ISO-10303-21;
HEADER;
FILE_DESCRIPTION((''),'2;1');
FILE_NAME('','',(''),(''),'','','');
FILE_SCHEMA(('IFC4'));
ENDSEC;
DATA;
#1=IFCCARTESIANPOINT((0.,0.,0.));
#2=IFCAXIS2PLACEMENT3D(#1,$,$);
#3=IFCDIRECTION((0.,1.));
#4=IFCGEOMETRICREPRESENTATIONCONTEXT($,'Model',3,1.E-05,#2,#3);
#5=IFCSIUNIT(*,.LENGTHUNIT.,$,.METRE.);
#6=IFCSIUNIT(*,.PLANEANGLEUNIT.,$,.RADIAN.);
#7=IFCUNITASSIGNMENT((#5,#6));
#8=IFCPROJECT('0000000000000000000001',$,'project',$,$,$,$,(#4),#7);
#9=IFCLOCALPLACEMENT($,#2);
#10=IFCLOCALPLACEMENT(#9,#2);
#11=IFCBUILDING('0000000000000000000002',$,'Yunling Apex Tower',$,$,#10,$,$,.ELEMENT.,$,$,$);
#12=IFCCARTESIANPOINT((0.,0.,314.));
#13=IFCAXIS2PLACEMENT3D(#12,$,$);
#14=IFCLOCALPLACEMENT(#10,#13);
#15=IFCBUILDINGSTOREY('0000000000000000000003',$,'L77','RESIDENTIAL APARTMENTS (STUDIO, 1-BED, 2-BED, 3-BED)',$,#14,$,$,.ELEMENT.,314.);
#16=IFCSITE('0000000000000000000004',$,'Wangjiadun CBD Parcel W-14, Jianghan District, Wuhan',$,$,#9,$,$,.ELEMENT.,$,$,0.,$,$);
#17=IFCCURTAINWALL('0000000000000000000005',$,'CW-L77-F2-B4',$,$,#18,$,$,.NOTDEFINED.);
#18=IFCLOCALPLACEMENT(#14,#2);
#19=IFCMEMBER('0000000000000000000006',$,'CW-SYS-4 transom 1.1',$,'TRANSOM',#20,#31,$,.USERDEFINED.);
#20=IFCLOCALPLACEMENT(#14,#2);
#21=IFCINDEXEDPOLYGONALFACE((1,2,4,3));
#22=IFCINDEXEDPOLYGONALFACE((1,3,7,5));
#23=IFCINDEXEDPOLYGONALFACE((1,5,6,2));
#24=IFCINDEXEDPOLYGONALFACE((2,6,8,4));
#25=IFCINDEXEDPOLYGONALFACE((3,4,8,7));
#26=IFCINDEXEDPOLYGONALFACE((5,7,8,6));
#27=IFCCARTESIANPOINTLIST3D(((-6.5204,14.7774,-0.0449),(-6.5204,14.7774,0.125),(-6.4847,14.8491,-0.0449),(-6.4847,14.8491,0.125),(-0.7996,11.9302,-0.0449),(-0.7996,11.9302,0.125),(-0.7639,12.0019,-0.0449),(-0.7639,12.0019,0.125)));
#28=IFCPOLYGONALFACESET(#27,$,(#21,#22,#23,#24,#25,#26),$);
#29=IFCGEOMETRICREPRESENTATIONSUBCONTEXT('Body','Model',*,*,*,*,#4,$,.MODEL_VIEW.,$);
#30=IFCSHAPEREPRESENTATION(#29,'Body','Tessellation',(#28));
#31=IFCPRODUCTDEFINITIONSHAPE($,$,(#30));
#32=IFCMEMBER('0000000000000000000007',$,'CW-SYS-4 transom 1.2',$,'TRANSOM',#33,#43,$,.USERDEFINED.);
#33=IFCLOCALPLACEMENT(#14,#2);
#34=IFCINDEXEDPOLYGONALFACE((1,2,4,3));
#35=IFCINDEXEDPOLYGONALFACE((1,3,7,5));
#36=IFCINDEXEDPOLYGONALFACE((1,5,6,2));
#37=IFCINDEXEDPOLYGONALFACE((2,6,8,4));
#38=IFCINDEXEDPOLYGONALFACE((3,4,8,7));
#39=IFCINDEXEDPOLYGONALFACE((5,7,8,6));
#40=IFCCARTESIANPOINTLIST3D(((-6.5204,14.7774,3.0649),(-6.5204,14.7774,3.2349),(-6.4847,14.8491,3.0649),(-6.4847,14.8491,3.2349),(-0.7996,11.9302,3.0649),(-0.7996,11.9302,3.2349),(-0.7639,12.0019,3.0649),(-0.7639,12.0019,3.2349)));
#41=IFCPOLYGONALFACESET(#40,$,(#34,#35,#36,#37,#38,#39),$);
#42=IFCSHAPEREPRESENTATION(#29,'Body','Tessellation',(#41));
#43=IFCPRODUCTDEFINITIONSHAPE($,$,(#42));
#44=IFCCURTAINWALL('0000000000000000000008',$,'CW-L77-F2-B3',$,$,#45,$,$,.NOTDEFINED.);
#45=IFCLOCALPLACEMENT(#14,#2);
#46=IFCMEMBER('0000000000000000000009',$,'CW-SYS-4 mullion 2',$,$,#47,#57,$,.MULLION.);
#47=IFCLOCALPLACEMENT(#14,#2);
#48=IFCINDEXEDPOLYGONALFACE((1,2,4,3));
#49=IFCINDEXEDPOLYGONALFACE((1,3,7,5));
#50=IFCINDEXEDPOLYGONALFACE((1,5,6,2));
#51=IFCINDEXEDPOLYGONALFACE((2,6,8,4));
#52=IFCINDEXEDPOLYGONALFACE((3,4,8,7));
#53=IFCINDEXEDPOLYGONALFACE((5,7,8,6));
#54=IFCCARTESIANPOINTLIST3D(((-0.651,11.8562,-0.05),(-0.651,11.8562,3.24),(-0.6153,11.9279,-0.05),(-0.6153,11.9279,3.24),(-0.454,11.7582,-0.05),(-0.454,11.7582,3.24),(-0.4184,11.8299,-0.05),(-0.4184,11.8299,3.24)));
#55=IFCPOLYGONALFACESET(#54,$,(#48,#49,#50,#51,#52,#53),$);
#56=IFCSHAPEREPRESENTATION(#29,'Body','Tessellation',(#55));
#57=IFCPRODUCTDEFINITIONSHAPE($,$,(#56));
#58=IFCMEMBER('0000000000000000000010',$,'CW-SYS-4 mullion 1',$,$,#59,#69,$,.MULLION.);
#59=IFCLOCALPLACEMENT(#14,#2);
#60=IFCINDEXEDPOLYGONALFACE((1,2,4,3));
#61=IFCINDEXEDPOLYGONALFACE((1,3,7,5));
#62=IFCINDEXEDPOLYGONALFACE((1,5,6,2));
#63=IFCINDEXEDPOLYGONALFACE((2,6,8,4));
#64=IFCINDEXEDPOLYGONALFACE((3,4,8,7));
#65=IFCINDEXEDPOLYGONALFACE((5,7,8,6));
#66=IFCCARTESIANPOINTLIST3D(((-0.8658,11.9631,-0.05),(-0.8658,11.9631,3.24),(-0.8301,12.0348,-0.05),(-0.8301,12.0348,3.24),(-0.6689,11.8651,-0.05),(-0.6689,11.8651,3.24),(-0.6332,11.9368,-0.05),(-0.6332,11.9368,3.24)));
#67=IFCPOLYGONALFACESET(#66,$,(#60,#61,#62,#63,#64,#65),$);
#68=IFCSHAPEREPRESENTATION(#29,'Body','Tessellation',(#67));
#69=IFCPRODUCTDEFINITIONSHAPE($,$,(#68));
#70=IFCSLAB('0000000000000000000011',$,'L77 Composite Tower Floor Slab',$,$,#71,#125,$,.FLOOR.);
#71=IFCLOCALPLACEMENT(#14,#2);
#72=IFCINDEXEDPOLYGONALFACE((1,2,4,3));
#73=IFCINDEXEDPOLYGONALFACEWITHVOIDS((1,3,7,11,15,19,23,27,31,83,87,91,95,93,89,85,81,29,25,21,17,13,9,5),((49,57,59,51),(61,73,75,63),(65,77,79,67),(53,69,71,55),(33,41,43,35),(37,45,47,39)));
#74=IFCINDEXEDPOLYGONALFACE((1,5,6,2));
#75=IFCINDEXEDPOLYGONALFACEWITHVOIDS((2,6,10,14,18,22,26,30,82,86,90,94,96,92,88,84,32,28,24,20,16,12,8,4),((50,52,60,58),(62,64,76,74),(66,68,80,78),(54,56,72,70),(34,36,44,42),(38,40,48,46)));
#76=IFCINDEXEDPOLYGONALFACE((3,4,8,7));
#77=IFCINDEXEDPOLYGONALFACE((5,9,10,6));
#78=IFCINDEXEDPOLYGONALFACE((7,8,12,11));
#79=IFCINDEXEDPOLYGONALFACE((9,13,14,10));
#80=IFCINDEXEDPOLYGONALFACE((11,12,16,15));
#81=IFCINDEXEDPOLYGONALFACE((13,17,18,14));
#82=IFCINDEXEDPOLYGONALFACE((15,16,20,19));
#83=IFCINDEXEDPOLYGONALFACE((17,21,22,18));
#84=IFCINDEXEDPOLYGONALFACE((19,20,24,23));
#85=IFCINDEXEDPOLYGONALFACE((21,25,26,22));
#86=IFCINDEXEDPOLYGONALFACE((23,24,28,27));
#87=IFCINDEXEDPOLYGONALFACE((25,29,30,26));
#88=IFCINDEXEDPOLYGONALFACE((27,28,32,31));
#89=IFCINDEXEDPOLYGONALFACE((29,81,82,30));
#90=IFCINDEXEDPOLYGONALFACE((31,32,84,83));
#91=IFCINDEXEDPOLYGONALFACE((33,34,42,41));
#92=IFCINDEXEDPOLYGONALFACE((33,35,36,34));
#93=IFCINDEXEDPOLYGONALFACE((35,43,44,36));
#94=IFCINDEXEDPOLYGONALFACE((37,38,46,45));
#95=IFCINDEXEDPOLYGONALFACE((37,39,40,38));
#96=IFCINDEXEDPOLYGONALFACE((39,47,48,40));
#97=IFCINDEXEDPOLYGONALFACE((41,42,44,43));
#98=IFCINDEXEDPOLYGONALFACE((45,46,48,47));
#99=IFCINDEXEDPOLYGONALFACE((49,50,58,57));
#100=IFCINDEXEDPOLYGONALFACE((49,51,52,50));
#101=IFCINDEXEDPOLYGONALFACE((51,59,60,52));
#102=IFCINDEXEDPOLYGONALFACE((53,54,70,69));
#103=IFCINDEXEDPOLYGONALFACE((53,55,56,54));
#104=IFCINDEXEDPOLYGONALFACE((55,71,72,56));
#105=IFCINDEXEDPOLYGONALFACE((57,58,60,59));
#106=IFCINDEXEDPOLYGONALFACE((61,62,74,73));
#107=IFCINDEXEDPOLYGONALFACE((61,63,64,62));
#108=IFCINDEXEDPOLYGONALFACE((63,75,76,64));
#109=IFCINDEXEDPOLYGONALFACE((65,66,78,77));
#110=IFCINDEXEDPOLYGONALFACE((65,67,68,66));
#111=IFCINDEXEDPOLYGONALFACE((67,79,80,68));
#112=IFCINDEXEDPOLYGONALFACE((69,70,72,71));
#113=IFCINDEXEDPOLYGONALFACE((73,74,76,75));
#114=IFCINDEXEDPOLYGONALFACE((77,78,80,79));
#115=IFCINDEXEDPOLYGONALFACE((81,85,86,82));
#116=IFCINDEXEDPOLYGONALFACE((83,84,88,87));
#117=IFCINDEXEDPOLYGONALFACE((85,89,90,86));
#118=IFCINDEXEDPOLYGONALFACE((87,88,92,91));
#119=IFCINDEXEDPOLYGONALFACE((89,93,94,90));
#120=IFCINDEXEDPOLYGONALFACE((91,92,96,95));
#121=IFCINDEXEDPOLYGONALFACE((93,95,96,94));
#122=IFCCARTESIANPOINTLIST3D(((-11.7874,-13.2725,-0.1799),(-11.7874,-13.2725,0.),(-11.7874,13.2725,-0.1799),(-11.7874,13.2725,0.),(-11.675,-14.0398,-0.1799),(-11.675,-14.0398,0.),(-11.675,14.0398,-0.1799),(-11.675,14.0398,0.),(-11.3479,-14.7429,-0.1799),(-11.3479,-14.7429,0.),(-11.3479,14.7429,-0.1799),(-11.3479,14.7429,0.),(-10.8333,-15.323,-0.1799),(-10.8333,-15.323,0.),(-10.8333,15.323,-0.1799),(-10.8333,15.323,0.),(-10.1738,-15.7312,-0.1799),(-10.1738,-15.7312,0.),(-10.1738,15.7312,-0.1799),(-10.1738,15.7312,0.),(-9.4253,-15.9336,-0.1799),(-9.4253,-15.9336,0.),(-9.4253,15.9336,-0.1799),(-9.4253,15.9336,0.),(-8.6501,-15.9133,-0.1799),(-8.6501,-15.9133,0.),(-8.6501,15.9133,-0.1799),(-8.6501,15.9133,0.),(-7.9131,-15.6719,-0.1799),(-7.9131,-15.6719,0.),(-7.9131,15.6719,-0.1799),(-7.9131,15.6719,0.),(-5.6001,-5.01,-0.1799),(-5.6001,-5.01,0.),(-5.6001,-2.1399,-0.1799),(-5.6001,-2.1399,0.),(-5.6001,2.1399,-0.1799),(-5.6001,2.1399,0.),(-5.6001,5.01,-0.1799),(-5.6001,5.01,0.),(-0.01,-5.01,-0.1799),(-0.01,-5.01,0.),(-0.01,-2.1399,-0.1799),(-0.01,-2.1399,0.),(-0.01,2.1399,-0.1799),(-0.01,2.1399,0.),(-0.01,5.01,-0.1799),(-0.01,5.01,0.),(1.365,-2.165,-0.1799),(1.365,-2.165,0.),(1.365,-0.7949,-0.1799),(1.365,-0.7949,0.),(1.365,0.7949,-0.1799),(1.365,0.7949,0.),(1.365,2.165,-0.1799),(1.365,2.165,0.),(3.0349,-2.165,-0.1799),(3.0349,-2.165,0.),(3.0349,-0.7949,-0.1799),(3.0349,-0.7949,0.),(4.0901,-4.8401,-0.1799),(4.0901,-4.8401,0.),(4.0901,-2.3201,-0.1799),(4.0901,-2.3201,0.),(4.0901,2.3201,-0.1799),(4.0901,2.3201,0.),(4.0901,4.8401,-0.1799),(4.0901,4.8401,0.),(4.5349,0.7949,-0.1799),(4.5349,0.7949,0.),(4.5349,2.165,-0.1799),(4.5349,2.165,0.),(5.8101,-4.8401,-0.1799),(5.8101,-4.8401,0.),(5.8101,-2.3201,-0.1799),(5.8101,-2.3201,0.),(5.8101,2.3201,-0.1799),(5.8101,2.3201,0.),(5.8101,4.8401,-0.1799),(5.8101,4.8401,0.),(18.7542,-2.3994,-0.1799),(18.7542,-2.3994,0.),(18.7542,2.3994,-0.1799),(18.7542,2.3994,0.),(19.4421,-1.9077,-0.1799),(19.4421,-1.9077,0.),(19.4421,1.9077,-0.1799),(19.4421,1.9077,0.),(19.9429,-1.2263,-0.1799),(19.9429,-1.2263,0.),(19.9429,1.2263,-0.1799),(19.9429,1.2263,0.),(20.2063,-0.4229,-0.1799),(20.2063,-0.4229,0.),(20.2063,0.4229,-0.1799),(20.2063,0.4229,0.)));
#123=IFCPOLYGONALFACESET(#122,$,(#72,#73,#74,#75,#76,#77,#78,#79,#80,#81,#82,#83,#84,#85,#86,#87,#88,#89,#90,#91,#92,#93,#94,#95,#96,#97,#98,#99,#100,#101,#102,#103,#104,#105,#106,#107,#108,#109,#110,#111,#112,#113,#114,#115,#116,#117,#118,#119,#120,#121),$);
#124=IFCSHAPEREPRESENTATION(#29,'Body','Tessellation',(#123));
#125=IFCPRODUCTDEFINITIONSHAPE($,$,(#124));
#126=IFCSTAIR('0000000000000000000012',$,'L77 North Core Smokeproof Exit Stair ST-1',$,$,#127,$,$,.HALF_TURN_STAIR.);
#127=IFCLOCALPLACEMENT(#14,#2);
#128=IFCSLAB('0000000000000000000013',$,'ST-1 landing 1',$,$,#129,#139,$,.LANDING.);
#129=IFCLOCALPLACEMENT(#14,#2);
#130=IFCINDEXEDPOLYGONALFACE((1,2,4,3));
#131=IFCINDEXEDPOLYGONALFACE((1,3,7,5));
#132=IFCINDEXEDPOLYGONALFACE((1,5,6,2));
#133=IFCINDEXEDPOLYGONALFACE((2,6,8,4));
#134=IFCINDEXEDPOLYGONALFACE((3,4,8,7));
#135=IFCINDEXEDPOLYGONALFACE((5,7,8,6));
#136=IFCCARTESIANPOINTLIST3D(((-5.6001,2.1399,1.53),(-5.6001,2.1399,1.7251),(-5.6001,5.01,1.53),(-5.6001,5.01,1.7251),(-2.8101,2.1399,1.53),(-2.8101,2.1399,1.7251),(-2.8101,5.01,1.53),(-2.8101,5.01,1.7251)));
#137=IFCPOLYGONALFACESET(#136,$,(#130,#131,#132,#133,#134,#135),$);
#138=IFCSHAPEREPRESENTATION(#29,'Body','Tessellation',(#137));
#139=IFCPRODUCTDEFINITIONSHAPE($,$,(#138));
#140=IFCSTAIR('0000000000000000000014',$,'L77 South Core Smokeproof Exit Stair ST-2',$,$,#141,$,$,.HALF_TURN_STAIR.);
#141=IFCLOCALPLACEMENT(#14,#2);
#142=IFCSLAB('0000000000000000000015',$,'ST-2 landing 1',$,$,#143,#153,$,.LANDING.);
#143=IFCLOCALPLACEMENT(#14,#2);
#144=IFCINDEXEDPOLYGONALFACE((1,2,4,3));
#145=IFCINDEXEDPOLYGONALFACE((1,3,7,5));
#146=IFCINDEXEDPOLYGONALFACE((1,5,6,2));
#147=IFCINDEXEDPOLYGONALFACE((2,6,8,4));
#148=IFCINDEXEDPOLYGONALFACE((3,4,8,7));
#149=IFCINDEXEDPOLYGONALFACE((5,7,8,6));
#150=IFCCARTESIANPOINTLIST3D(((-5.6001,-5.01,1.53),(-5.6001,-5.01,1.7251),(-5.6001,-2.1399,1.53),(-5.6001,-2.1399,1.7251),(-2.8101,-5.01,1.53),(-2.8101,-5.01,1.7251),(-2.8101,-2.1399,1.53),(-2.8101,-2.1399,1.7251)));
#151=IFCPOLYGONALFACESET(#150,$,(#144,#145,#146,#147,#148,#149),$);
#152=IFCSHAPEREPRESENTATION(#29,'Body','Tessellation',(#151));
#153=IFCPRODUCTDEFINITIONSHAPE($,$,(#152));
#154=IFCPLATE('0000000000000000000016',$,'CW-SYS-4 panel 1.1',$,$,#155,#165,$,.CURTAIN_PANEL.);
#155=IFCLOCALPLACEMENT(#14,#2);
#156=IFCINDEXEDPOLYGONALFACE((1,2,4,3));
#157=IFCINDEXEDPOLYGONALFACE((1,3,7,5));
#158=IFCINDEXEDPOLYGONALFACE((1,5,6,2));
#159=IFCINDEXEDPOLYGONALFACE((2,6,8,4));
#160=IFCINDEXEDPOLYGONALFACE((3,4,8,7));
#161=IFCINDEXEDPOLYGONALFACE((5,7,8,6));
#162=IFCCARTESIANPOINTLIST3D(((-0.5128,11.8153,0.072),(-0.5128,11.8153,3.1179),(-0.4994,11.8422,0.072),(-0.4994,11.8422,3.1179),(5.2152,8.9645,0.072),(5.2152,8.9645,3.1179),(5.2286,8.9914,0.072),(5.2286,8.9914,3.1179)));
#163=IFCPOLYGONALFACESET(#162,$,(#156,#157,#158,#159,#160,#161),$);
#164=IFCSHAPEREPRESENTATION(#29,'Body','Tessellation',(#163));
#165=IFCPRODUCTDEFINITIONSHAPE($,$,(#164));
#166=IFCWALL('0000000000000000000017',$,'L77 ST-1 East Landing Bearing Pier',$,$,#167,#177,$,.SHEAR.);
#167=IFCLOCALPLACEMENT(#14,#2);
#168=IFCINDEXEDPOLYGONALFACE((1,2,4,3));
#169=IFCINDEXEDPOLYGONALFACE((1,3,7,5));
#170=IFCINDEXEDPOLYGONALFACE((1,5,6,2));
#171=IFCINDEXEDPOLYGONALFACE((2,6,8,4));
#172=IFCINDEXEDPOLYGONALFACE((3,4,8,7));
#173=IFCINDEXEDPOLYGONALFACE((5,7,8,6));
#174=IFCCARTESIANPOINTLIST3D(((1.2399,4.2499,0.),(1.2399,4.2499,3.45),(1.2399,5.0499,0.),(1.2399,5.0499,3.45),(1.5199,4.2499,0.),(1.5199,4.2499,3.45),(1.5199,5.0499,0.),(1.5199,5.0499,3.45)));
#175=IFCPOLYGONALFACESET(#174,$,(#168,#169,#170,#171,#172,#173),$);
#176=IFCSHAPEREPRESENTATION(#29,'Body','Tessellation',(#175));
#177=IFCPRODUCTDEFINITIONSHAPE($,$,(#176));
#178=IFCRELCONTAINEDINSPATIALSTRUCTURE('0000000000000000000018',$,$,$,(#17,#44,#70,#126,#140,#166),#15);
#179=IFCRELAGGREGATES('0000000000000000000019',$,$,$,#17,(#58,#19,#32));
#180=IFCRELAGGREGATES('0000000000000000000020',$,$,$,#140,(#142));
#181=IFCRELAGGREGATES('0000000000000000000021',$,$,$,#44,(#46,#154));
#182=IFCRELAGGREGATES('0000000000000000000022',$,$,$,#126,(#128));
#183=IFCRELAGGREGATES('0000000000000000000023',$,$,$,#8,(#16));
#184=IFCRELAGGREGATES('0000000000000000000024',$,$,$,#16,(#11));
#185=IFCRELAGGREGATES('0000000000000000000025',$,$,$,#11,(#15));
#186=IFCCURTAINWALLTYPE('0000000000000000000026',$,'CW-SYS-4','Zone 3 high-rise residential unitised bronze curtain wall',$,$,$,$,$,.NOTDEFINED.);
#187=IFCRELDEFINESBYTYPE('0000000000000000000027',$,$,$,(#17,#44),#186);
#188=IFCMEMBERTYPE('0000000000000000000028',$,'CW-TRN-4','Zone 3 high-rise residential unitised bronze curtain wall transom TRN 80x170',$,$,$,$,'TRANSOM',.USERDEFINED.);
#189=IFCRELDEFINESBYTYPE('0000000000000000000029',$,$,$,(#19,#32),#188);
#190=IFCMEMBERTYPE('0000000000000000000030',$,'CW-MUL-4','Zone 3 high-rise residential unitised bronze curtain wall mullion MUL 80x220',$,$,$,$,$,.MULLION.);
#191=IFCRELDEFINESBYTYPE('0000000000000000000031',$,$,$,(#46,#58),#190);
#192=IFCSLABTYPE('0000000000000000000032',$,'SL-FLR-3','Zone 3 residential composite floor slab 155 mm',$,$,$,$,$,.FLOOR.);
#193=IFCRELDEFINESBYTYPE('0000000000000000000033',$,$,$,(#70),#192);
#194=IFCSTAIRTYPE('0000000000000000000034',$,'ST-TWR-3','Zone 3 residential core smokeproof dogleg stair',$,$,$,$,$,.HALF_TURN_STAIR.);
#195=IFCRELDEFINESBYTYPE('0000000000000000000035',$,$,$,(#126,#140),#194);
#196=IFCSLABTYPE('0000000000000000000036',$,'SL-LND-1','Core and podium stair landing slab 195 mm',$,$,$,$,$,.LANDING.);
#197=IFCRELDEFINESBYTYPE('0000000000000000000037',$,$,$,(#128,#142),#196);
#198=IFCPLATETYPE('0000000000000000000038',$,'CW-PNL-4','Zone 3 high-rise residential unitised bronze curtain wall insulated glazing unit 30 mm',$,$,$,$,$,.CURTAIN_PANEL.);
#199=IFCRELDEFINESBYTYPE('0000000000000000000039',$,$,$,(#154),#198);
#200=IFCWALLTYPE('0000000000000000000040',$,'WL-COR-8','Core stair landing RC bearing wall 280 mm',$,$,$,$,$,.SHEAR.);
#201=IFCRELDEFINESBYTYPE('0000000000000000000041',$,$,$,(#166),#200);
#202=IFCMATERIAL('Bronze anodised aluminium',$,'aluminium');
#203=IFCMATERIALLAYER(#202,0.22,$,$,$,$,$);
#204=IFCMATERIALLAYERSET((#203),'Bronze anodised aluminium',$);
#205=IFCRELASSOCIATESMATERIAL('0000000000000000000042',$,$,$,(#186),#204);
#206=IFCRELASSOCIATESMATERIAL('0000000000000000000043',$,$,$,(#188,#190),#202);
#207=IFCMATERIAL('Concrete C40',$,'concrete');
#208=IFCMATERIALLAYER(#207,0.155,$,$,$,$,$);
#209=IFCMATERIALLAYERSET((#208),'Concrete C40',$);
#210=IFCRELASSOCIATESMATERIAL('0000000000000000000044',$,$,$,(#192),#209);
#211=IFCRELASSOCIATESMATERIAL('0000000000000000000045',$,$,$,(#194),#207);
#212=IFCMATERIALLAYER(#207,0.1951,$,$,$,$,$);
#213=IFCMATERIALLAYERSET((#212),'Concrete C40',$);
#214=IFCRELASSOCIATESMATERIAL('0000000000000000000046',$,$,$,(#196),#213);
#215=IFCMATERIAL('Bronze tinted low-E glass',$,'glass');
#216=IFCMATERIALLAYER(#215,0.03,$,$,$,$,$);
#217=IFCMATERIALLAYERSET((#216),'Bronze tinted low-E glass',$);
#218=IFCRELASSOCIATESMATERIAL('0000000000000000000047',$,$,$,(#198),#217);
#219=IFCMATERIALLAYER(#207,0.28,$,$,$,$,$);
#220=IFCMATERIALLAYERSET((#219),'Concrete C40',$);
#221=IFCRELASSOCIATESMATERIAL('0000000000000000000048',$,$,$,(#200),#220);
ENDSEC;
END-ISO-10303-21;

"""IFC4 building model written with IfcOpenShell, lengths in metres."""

from ifc_helpers import new_model, si_unit, direction, frame, frame_2d, origin, origin_2d, place, context, subcontext, project, spatial, polyline, rectangle, outline, extrude, source, transform, mapped, material, layer, layer_set, material_profile, profile_set, type_object, element, aggregate, save


model = new_model("IFC4")

# Units and contexts
model_context = context("Model", 3, precision=1e-05, world=origin(), true_north=direction((0.0, 1.0)))
body_context = subcontext(model_context, "Body", "Model", "MODEL_VIEW")
ifc_project = project(units=[si_unit("LENGTHUNIT", "METRE"), si_unit("PLANEANGLEUNIT", "RADIAN")], contexts=[model_context])

# Site, building, storey
site_placement = place(None, origin())
site = spatial("IfcSite", under=ifc_project, at=site_placement, Name="Wangjiadun CBD Parcel W-14, Jianghan District, Wuhan", CompositionType="ELEMENT", RefElevation=0.0)
building_placement = place(site_placement, origin())
building = spatial("IfcBuilding", under=site, at=building_placement, Name="Yunling Apex Tower", CompositionType="ELEMENT")
storey_placement = place(building_placement, frame((0.0, 0.0, 314.0)))
storey = spatial("IfcBuildingStorey", under=building, at=storey_placement, Name="L77", Description="RESIDENTIAL APARTMENTS (STUDIO, 1-BED, 2-BED, 3-BED)", CompositionType="ELEMENT", Elevation=314.0)

# Curtain wall, members
ifc_material_1 = material(Name="Bronze anodised aluminium", Category="aluminium")
ifc_layer_1 = layer(ifc_material_1, 0.22)
ifc_layer_set_1 = layer_set([ifc_layer_1], Name="Bronze anodised aluminium")
curtain_wall_type = type_object("IfcCurtainWallType", Name="CW-SYS-4", Description="Zone 3 high-rise residential unitised bronze curtain wall", PredefinedType="NOTDEFINED", material=ifc_layer_set_1)
curtain_wall_1_placement = place(storey_placement, origin())
curtain_wall_1 = element("IfcCurtainWall", 1, at=curtain_wall_1_placement, inside=storey, type_object=curtain_wall_type, Name="CW-L77-F2-B4", PredefinedType="NOTDEFINED")
ifc_material_profile_1 = material_profile(ifc_material_1, rectangle(XDim=0.0801, YDim=0.1699, at=origin_2d()))
ifc_profile_set_1 = profile_set([ifc_material_profile_1], Name="Bronze anodised aluminium")
member_type_1 = type_object("IfcMemberType", Name="CW-TRN-4", Description="Zone 3 high-rise residential unitised bronze curtain wall transom TRN 80x170", ElementType="TRANSOM", PredefinedType="USERDEFINED", material=ifc_profile_set_1)
shared_shape_1 = source(origin(), body_context, "Body", "SweptSolid", [
    extrude(rectangle(XDim=0.0801, YDim=0.1699, at=origin_2d()), origin(), (0.0, 0.0, 1.0), 6.3901),
])
member_1_placement = place(storey_placement, frame((-0.7817, 11.9661, 0.04), z_axis=(-0.895251, 0.445562, 0.0), x_axis=(-0.445562, -0.895251, 0.0)))
member_1 = element("IfcMember", 2, at=member_1_placement, type_object=member_type_1, Name="CW-SYS-4 transom 1.1", ObjectType="TRANSOM", PredefinedType="USERDEFINED", context=body_context, shape_type="MappedRepresentation", body=[
    mapped(shared_shape_1, transform((0.0, 0.0, 0.0), scale=1.0)),
])
member_2_placement = place(storey_placement, frame((-0.7817, 11.9661, 3.1499), z_axis=(-0.895251, 0.445562, 0.0), x_axis=(-0.445562, -0.895251, 0.0)))
member_2 = element("IfcMember", 3, at=member_2_placement, type_object=member_type_1, Name="CW-SYS-4 transom 1.2", ObjectType="TRANSOM", PredefinedType="USERDEFINED", context=body_context, shape_type="MappedRepresentation", body=[
    mapped(shared_shape_1, transform((0.0, 0.0, 0.0), scale=1.0)),
])

# Curtain wall, member
curtain_wall_2_placement = place(storey_placement, origin())
curtain_wall_2 = element("IfcCurtainWall", 4, at=curtain_wall_2_placement, inside=storey, type_object=curtain_wall_type, Name="CW-L77-F2-B3", PredefinedType="NOTDEFINED")
ifc_material_profile_2 = material_profile(ifc_material_1, rectangle(XDim=0.0801, YDim=0.22, at=origin_2d()))
ifc_profile_set_2 = profile_set([ifc_material_profile_2], Name="Bronze anodised aluminium")
member_type_2 = type_object("IfcMemberType", Name="CW-MUL-4", Description="Zone 3 high-rise residential unitised bronze curtain wall mullion MUL 80x220", PredefinedType="MULLION", material=ifc_profile_set_2)
shared_shape_2 = source(origin(), body_context, "Body", "SweptSolid", [
    extrude(rectangle(XDim=0.0801, YDim=0.22, at=origin_2d()), origin(), (0.0, 0.0, 1.0), 3.29),
])
member_3_placement = place(storey_placement, frame((-0.5347, 11.843, -0.05), z_axis=(0.0, 0.0, 1.0), x_axis=(-0.445562, -0.895251, 0.0)))
member_3 = element("IfcMember", 5, at=member_3_placement, type_object=member_type_2, Name="CW-SYS-4 mullion 2", PredefinedType="MULLION", context=body_context, shape_type="MappedRepresentation", body=[
    mapped(shared_shape_2, transform((0.0, 0.0, 0.0), scale=1.0)),
])

# Member
member_4_placement = place(storey_placement, frame((-0.7495, 11.95, -0.05), z_axis=(0.0, 0.0, 1.0), x_axis=(-0.445568, -0.895248, 0.0)))
member_4 = element("IfcMember", 6, at=member_4_placement, type_object=member_type_2, Name="CW-SYS-4 mullion 1", PredefinedType="MULLION", context=body_context, shape_type="MappedRepresentation", body=[
    mapped(shared_shape_2, transform((0.0, 0.0, 0.0), scale=1.0)),
])
aggregate(curtain_wall_1, [member_4, member_1, member_2])

# Slab
ifc_material_2 = material(Name="Concrete C40", Category="concrete")
ifc_layer_2 = layer(ifc_material_2, 0.155)
ifc_layer_set_2 = layer_set([ifc_layer_2], Name="Concrete C40")
slab_type_1 = type_object("IfcSlabType", Name="SL-FLR-3", Description="Zone 3 residential composite floor slab 155 mm", PredefinedType="FLOOR", material=ifc_layer_set_2)
slab_1_placement = place(storey_placement, frame((0.0, 0.0, -0.1799)))
element("IfcSlab", 7, at=slab_1_placement, inside=storey, type_object=slab_type_1, Name="L77 Composite Tower Floor Slab", PredefinedType="FLOOR", context=body_context, shape_type="SweptSolid", body=[
    extrude(outline(polyline([(-11.7874, -13.2725), (-11.675, -14.0398), (-11.3479, -14.7429), (-10.8333, -15.323), (-10.1738, -15.7312), (-9.4253, -15.9336), (-8.6501, -15.9133), (-7.9131, -15.6719), (18.7542, -2.3994), (19.4421, -1.9077), (19.9429, -1.2263), (20.2063, -0.4229), (20.2063, 0.4229), (19.9429, 1.2263), (19.4421, 1.9077), (18.7542, 2.3994), (-7.9131, 15.6719), (-8.6501, 15.9133), (-9.4253, 15.9336), (-10.1738, 15.7312), (-10.8333, 15.323), (-11.3479, 14.7429), (-11.675, 14.0398), (-11.7874, 13.2725), (-11.7874, -13.2725)]), holes=[polyline([(4.0901, 4.8401), (5.8101, 4.8401), (5.8101, 2.3201), (4.0901, 2.3201), (4.0901, 4.8401)]), polyline([(4.0901, -4.8401), (4.0901, -2.3201), (5.8101, -2.3201), (5.8101, -4.8401), (4.0901, -4.8401)]), polyline([(4.5349, 0.7949), (1.365, 0.7949), (1.365, 2.165), (4.5349, 2.165), (4.5349, 0.7949)]), polyline([(1.365, -0.7949), (3.0349, -0.7949), (3.0349, -2.165), (1.365, -2.165), (1.365, -0.7949)]), polyline([(-0.01, -5.01), (-5.6001, -5.01), (-5.6001, -2.1399), (-0.01, -2.1399), (-0.01, -5.01)]), polyline([(-0.01, 2.1399), (-5.6001, 2.1399), (-5.6001, 5.01), (-0.01, 5.01), (-0.01, 2.1399)])]), origin(), (0.0, 0.0, 1.0), 0.1799),
])

# Stairs, slabs
stair_type = type_object("IfcStairType", Name="ST-TWR-3", Description="Zone 3 residential core smokeproof dogleg stair", PredefinedType="HALF_TURN_STAIR", material=ifc_material_2)
stair_1_placement = place(storey_placement, origin())
stair_1 = element("IfcStair", 8, at=stair_1_placement, inside=storey, type_object=stair_type, Name="L77 North Core Smokeproof Exit Stair ST-1", PredefinedType="HALF_TURN_STAIR")
ifc_layer_3 = layer(ifc_material_2, 0.1951)
ifc_layer_set_3 = layer_set([ifc_layer_3], Name="Concrete C40")
slab_type_2 = type_object("IfcSlabType", Name="SL-LND-1", Description="Core and podium stair landing slab 195 mm", PredefinedType="LANDING", material=ifc_layer_set_3)
slab_2_placement = place(storey_placement, frame((0.0, 0.0, 1.53)))
slab_2 = element("IfcSlab", 9, at=slab_2_placement, type_object=slab_type_2, Name="ST-1 landing 1", PredefinedType="LANDING", context=body_context, shape_type="SweptSolid", body=[
    extrude(outline(polyline([(-2.8101, 5.01), (-5.6001, 5.01), (-5.6001, 2.1399), (-2.8101, 2.1399), (-2.8101, 5.01)])), origin(), (0.0, 0.0, 1.0), 0.1951),
])
stair_2_placement = place(storey_placement, origin())
stair_2 = element("IfcStair", 10, at=stair_2_placement, inside=storey, type_object=stair_type, Name="L77 South Core Smokeproof Exit Stair ST-2", PredefinedType="HALF_TURN_STAIR")
slab_3_placement = place(storey_placement, frame((0.0, 0.0, 1.53)))
slab_3 = element("IfcSlab", 11, at=slab_3_placement, type_object=slab_type_2, Name="ST-2 landing 1", PredefinedType="LANDING", context=body_context, shape_type="SweptSolid", body=[
    extrude(outline(polyline([(-2.8101, -2.1399), (-5.6001, -2.1399), (-5.6001, -5.01), (-2.8101, -5.01), (-2.8101, -2.1399)])), origin(), (0.0, 0.0, 1.0), 0.1951),
])
aggregate(stair_2, [slab_3])

# Plate
ifc_material_3 = material(Name="Bronze tinted low-E glass", Category="glass")
ifc_layer_4 = layer(ifc_material_3, 0.03)
ifc_layer_set_4 = layer_set([ifc_layer_4], Name="Bronze tinted low-E glass")
plate_type = type_object("IfcPlateType", Name="CW-PNL-4", Description="Zone 3 high-rise residential unitised bronze curtain wall insulated glazing unit 30 mm", PredefinedType="CURTAIN_PANEL", material=ifc_layer_set_4)
shared_shape_3 = source(origin(), body_context, "Body", "SweptSolid", [
    extrude(rectangle(XDim=6.3982, YDim=0.03, at=origin_2d()), origin(), (0.0, 0.0, 1.0), 3.0459),
])
plate_placement = place(storey_placement, frame((2.3579, 10.4033, 0.072), z_axis=(0.0, 0.0, 1.0), x_axis=(-0.895251, 0.445562, 0.0)))
plate = element("IfcPlate", 12, at=plate_placement, type_object=plate_type, Name="CW-SYS-4 panel 1.1", PredefinedType="CURTAIN_PANEL", context=body_context, shape_type="MappedRepresentation", body=[
    mapped(shared_shape_3, transform((0.0, 0.0, 0.0), scale=1.0)),
])
aggregate(curtain_wall_2, [member_3, plate])

# Wall
ifc_layer_5 = layer(ifc_material_2, 0.28)
ifc_layer_set_5 = layer_set([ifc_layer_5], Name="Concrete C40")
wall_type_1 = type_object("IfcWallType", Name="WL-COR-8", Description="Core stair landing RC bearing wall 280 mm", PredefinedType="SHEAR", material=ifc_layer_set_5)
wall_1_placement = place(storey_placement, frame((1.3799, 4.25, 0.0), z_axis=(0.0, 0.0, 1.0), x_axis=(0.0, 1.0, 0.0)))
element("IfcWall", 13, at=wall_1_placement, inside=storey, type_object=wall_type_1, Name="L77 ST-1 East Landing Bearing Pier", PredefinedType="SHEAR", context=body_context, shape_type="SweptSolid", body=[
    extrude(rectangle(XDim=0.8, YDim=0.28, at=frame_2d((0.3999, 0.0))), origin(), (0.0, 0.0, 1.0), 3.45),
])

aggregate(stair_1, [slab_2])

save(model, "model.ifc")
